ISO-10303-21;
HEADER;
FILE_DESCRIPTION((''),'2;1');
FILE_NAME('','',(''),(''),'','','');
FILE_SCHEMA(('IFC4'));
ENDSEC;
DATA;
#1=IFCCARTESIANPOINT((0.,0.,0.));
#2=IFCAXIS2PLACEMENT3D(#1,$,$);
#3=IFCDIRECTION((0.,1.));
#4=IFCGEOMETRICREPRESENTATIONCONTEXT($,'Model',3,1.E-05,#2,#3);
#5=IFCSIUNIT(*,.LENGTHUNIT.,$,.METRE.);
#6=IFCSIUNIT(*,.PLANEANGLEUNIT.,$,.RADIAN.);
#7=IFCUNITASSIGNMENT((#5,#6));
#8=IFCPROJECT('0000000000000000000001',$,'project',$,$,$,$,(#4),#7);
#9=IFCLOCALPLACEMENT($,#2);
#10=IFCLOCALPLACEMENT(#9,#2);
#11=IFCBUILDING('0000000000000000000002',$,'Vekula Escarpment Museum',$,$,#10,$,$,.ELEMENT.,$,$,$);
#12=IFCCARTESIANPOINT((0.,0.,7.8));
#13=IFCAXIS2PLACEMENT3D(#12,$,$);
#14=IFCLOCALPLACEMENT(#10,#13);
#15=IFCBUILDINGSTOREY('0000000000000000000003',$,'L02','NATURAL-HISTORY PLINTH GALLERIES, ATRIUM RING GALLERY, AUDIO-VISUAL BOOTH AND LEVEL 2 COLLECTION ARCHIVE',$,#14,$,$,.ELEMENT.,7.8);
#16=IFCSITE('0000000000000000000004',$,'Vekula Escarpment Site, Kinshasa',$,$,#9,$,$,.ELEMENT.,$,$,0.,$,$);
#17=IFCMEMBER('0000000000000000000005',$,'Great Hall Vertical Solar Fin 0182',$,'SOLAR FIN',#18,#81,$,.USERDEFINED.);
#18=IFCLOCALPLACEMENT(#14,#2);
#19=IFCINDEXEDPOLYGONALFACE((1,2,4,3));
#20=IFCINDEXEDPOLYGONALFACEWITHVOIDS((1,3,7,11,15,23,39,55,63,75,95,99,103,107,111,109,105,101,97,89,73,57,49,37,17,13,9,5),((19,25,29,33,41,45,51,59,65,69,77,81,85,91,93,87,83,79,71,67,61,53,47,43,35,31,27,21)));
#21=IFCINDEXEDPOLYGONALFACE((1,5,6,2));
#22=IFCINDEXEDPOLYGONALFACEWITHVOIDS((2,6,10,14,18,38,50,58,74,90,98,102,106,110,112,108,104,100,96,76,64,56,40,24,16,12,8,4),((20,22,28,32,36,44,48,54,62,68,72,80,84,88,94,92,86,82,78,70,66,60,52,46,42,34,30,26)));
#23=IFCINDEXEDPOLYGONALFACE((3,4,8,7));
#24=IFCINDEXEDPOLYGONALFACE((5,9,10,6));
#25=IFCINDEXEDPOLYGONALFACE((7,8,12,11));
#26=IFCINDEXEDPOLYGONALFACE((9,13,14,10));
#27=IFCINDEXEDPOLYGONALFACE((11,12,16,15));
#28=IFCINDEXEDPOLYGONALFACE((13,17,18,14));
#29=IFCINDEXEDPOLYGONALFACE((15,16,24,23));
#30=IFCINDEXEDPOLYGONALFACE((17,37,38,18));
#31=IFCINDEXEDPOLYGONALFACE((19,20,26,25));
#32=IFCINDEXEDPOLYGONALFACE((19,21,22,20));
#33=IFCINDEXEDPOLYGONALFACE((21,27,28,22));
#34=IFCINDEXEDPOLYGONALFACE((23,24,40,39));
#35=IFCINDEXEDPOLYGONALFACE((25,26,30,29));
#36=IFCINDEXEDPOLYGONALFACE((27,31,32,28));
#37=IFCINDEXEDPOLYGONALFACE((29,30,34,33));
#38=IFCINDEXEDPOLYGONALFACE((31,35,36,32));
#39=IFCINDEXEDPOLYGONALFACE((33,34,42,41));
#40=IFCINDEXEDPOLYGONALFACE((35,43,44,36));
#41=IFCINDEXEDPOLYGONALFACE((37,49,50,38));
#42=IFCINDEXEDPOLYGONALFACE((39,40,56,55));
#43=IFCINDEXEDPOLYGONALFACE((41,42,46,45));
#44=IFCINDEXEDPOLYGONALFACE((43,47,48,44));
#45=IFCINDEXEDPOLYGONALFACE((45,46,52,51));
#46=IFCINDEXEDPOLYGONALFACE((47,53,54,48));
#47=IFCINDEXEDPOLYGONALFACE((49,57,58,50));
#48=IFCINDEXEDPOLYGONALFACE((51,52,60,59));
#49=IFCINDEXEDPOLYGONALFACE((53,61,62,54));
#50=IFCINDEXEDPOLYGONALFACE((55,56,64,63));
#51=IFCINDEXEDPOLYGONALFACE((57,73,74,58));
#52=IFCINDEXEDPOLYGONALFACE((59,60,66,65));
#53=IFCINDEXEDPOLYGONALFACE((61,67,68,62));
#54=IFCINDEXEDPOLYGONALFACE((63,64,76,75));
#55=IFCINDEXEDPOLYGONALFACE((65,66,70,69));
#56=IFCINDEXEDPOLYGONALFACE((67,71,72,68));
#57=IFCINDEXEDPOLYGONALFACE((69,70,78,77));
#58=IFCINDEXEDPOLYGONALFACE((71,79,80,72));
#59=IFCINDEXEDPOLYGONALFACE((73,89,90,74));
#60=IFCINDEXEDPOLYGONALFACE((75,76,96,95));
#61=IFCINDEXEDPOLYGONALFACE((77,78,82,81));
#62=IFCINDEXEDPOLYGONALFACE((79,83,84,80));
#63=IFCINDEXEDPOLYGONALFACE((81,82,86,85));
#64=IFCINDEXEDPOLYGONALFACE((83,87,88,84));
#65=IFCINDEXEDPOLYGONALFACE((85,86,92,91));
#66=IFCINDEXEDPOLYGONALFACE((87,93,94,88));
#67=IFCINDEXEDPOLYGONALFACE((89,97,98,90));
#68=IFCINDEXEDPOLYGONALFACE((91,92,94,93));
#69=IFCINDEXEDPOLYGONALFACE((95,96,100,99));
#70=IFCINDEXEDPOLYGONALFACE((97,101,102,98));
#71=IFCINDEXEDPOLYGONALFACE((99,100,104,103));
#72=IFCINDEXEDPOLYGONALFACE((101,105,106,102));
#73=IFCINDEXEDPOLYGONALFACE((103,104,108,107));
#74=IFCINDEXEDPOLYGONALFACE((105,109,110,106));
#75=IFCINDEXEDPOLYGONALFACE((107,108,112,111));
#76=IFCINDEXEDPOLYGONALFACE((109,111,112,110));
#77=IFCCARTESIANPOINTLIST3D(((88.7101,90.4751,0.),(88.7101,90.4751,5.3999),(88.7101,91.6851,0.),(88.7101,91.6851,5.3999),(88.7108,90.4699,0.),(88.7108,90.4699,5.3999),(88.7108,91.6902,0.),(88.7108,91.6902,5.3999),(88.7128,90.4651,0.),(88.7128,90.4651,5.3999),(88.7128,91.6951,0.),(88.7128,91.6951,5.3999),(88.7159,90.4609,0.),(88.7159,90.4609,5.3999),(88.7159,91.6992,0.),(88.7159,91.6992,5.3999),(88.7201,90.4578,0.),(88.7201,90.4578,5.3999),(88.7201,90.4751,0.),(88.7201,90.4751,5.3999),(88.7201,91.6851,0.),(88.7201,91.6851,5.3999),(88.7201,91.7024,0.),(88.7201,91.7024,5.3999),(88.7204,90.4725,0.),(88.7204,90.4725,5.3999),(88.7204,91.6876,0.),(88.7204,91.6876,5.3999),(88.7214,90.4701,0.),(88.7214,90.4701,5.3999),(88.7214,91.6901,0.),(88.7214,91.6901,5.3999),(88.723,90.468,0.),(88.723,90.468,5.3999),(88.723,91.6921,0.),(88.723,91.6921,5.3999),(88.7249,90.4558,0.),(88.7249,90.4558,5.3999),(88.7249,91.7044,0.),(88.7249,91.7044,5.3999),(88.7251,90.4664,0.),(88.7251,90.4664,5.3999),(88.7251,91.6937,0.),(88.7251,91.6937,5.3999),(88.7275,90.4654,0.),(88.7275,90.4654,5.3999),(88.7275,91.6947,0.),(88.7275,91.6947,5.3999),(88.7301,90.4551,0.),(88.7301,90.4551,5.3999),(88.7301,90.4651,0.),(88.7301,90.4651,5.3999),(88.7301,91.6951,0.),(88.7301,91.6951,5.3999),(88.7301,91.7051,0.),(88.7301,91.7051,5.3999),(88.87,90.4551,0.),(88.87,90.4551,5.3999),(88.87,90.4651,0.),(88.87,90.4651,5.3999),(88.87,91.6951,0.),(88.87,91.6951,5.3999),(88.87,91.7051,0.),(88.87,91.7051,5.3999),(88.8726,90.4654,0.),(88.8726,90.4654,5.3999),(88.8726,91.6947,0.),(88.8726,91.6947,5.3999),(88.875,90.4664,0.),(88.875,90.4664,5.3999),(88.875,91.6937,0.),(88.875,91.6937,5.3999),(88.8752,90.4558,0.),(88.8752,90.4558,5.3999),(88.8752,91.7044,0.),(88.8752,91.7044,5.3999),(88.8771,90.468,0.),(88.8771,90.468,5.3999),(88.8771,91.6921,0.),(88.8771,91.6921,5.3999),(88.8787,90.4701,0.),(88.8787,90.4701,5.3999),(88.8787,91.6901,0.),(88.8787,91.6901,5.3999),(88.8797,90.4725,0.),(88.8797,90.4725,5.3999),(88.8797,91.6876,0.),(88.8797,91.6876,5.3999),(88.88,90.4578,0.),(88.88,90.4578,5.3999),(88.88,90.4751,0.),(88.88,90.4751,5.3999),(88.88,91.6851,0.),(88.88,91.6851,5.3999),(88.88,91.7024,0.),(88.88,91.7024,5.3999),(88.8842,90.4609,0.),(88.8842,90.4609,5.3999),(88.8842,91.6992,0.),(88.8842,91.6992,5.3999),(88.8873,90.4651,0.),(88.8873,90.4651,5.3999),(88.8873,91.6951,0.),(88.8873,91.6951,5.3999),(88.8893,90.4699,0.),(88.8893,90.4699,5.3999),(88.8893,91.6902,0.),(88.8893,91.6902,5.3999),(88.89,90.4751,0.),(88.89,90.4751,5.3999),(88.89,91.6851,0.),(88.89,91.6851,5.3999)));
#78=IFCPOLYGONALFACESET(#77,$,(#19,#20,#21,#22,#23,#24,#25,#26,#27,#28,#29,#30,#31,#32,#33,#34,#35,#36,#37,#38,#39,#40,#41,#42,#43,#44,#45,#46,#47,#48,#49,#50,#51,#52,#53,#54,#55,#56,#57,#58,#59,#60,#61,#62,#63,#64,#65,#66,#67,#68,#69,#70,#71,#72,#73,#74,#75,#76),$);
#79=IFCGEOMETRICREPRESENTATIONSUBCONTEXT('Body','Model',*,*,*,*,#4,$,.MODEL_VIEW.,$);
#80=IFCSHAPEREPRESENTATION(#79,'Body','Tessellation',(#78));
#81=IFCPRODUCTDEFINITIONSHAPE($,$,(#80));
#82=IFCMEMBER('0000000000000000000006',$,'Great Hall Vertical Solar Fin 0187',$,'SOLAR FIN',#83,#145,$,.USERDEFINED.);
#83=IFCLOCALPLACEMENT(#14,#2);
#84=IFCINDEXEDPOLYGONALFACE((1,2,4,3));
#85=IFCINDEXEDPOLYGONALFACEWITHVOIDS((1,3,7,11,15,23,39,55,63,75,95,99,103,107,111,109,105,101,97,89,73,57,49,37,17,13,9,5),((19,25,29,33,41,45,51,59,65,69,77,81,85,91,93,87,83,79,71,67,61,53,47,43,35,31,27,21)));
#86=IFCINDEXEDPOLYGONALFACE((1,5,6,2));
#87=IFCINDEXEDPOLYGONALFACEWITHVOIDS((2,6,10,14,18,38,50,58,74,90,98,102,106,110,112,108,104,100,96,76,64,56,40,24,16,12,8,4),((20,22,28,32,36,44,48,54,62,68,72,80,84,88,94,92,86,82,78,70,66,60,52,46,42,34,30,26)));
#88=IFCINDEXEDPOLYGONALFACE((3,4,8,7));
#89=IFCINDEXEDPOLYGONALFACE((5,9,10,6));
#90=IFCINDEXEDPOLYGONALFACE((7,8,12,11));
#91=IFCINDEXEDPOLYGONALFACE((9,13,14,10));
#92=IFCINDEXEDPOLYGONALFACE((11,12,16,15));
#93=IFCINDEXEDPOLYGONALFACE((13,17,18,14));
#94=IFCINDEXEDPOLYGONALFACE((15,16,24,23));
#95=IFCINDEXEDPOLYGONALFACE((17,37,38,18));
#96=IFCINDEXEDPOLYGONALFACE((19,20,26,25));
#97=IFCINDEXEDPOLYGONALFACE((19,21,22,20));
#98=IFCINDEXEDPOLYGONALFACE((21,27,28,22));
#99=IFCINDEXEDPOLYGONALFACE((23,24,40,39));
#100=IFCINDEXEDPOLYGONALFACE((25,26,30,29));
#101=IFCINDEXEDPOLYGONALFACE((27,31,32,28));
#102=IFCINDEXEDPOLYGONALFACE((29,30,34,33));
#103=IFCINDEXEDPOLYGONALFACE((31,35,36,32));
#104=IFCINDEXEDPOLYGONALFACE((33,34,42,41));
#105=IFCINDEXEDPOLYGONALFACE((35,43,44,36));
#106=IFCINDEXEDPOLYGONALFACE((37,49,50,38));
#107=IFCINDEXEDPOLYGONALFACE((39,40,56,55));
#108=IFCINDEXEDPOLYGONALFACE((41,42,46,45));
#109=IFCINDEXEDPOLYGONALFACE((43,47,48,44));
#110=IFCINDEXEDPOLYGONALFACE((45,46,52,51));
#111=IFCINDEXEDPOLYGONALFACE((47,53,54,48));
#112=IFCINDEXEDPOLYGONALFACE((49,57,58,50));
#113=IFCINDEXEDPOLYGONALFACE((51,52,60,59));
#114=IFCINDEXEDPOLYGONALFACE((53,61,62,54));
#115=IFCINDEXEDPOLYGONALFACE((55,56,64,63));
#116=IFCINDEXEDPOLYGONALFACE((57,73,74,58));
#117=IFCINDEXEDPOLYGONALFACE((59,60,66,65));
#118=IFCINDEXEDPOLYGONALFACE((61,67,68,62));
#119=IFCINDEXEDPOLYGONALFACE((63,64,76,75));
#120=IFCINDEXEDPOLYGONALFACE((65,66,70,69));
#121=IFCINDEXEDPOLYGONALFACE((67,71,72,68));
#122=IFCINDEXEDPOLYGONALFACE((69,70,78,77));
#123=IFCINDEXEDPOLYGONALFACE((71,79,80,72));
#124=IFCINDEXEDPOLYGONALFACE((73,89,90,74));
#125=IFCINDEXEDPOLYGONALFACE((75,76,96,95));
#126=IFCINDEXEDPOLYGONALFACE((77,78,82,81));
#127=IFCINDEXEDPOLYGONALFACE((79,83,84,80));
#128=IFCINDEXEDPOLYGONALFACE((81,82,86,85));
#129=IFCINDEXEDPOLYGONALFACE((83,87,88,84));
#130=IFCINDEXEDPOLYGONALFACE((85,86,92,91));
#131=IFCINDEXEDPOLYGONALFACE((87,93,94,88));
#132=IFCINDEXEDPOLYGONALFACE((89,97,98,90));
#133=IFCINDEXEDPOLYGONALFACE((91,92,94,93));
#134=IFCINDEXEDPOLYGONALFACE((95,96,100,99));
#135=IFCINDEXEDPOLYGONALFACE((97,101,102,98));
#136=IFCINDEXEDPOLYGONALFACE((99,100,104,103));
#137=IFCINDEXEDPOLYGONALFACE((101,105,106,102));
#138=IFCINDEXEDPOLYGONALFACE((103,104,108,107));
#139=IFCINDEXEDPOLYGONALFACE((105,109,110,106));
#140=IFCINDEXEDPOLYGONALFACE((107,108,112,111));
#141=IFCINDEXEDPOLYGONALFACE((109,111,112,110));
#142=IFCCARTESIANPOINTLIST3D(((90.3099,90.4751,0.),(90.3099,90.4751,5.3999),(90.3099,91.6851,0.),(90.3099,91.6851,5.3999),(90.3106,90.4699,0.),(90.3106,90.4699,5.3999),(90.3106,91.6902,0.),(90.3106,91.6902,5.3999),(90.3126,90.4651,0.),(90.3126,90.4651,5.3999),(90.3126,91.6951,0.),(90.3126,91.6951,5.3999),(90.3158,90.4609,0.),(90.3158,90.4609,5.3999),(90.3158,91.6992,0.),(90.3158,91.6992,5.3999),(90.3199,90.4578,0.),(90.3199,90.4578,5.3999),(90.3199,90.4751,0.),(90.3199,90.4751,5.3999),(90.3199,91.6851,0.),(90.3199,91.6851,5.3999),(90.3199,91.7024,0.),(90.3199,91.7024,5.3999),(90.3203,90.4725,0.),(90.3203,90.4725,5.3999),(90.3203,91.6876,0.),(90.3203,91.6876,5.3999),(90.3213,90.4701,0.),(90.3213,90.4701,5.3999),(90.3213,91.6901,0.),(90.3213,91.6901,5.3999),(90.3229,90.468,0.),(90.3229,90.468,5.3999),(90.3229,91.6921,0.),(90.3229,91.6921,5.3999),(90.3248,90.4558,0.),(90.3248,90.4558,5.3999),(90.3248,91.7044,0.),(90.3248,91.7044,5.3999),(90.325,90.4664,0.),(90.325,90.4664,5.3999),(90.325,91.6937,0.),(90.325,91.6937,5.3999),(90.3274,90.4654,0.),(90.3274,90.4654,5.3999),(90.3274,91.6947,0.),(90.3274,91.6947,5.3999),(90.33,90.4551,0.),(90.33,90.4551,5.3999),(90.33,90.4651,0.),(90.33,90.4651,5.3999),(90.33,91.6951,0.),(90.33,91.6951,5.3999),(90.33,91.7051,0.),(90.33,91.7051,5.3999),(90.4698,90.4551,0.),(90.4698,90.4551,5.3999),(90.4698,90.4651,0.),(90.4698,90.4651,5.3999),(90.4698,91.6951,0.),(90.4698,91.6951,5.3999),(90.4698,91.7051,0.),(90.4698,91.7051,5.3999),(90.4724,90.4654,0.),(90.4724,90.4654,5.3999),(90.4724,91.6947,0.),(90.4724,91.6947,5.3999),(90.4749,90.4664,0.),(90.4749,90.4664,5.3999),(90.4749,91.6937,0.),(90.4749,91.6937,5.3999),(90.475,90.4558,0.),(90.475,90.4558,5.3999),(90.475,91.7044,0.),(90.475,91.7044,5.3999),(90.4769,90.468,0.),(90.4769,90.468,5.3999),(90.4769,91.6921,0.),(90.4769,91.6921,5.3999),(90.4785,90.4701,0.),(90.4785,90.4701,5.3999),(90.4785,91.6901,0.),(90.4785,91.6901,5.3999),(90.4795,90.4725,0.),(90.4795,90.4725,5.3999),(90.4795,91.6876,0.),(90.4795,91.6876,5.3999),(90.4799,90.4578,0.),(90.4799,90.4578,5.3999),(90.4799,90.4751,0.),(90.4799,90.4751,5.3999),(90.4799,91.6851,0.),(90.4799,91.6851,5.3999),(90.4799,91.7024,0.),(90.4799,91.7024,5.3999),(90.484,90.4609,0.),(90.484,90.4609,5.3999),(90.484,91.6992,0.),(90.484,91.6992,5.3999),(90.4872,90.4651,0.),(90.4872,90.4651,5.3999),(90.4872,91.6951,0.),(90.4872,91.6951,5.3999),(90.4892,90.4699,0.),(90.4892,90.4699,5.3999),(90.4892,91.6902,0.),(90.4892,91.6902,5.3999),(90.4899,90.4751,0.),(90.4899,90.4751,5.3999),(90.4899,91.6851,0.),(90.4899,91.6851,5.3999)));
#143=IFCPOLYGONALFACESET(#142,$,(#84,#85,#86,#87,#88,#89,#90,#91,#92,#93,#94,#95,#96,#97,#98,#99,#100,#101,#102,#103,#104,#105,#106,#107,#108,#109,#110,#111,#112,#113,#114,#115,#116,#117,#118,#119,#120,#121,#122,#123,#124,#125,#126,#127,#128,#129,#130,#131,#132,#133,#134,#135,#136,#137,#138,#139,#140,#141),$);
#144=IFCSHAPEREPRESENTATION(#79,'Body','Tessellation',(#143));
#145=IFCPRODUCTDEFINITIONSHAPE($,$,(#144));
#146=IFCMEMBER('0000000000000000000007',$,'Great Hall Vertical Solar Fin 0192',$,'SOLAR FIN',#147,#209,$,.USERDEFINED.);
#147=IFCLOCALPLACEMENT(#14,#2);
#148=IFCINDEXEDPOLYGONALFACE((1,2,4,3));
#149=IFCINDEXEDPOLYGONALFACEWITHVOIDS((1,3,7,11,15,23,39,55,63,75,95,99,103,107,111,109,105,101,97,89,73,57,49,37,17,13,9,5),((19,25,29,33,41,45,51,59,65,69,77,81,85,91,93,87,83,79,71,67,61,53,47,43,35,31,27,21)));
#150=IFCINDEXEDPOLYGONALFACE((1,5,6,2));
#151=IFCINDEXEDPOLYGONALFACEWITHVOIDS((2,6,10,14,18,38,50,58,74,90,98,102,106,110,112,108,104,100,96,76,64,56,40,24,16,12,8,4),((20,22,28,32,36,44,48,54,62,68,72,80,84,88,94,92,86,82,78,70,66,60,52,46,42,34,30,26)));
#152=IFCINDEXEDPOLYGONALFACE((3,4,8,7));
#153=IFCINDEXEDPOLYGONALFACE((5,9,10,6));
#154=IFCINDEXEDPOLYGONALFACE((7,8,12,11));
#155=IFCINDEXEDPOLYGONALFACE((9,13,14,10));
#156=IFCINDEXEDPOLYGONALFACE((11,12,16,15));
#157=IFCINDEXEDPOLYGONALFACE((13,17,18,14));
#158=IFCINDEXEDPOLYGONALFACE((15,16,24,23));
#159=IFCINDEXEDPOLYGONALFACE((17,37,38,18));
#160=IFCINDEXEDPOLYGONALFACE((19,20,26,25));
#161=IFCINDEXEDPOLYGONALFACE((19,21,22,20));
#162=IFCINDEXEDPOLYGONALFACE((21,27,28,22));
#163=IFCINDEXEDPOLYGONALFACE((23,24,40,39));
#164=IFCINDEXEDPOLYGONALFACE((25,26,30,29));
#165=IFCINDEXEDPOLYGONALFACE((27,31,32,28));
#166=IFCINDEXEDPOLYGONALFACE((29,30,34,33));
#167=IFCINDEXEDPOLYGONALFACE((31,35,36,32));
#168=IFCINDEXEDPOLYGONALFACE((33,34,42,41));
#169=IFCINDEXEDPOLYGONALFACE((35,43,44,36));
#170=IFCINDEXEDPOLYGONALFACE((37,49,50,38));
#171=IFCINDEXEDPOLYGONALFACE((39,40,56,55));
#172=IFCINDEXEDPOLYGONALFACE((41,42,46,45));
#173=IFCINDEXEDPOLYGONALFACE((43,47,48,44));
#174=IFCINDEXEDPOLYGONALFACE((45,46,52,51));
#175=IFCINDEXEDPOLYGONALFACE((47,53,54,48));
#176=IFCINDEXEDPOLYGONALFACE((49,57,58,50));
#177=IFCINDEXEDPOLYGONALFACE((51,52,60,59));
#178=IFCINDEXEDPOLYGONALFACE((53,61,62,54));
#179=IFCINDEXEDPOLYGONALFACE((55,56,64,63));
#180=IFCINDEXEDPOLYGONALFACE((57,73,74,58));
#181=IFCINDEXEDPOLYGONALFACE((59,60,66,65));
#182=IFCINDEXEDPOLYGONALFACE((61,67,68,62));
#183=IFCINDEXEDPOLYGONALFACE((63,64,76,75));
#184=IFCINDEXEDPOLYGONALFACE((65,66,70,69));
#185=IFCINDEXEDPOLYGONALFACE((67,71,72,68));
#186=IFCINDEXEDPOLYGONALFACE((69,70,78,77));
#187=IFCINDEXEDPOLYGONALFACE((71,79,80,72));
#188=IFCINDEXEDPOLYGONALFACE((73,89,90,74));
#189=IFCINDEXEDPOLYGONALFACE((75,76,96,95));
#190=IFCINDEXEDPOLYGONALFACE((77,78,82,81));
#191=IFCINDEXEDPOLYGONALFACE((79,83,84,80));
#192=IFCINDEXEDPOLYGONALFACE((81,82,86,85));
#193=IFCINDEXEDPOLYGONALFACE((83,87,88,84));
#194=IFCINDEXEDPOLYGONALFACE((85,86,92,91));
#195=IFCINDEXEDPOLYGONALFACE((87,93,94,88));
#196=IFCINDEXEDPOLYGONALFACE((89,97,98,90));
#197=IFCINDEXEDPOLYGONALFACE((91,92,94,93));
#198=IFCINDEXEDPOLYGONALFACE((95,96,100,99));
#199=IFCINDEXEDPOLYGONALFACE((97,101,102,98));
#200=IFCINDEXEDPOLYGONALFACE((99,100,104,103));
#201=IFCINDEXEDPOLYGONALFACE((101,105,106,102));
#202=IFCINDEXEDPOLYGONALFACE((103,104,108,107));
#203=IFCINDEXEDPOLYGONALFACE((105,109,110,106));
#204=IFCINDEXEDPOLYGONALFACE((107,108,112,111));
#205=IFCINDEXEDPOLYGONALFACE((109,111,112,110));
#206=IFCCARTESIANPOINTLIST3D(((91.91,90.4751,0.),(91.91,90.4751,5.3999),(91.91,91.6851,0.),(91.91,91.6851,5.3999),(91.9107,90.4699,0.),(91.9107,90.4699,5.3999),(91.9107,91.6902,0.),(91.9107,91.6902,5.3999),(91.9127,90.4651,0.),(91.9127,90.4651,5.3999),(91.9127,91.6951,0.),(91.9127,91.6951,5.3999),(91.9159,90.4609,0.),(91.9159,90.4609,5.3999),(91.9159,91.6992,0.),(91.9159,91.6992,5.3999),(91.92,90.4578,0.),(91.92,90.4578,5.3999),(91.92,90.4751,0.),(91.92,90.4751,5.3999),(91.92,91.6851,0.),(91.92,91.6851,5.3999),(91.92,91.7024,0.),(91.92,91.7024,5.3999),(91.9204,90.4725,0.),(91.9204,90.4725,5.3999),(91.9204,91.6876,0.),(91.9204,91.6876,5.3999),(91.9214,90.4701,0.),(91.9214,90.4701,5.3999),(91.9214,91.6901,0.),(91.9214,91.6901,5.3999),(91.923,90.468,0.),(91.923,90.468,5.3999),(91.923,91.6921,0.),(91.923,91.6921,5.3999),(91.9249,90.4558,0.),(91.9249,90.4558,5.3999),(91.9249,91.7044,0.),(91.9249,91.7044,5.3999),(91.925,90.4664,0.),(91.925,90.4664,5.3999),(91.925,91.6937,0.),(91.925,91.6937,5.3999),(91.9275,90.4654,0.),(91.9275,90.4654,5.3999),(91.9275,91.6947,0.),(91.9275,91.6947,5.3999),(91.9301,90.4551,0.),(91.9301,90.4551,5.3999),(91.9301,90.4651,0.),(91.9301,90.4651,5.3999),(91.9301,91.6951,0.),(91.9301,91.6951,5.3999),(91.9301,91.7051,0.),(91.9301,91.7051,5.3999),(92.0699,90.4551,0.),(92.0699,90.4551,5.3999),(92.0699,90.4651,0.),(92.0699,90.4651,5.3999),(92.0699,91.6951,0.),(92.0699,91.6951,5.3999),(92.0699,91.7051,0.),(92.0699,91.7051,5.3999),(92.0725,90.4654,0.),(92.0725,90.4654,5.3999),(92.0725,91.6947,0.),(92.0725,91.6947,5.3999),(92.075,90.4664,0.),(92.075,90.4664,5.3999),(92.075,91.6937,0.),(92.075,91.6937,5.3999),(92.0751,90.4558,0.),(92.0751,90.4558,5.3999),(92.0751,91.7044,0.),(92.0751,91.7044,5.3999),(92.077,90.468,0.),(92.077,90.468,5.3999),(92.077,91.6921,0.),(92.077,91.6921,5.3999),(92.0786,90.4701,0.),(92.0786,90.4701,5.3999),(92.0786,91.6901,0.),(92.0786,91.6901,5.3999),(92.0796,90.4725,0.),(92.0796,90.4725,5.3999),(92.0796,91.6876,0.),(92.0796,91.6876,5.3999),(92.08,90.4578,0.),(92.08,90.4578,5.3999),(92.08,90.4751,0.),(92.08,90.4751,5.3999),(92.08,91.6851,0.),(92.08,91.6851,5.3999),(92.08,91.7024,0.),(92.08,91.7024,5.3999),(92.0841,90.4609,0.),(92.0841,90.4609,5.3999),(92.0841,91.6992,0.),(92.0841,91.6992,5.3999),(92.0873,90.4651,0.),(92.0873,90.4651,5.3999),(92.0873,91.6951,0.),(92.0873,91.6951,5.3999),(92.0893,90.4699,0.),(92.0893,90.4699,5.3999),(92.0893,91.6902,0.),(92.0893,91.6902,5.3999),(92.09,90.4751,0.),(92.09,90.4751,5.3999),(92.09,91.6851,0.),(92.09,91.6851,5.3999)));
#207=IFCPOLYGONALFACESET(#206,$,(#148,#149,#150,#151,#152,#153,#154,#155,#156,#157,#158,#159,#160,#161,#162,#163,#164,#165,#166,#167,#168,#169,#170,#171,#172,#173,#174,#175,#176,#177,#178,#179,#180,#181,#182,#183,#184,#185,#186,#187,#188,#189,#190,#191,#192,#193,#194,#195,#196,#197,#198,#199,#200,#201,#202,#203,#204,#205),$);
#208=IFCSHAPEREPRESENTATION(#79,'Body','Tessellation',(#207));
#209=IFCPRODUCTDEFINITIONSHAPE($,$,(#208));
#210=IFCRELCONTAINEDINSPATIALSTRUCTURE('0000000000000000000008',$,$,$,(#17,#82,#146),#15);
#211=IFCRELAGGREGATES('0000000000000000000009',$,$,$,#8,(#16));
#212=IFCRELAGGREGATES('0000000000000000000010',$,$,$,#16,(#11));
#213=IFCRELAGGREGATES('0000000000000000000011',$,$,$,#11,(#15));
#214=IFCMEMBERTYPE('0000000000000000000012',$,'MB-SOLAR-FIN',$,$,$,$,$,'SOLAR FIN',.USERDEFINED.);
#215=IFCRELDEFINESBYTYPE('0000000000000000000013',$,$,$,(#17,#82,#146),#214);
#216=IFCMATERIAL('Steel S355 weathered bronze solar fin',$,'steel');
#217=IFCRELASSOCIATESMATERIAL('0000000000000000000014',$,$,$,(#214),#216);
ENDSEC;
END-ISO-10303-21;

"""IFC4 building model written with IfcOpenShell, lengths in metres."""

from ifc_helpers import new_model, si_unit, direction, frame, origin, origin_2d, place, context, subcontext, project, spatial, hollow_rectangle, extrude, material, material_profile, profile_set, type_object, element, save


model = new_model("IFC4")

# Units and contexts
model_context = context("Model", 3, precision=1e-05, world=origin(), true_north=direction((0.0, 1.0)))
body_context = subcontext(model_context, "Body", "Model", "MODEL_VIEW")
ifc_project = project(units=[si_unit("LENGTHUNIT", "METRE"), si_unit("PLANEANGLEUNIT", "RADIAN")], contexts=[model_context])

# Site, building, storey
site_placement = place(None, origin())
site = spatial("IfcSite", under=ifc_project, at=site_placement, Name="Vekula Escarpment Site, Kinshasa", CompositionType="ELEMENT", RefElevation=0.0)
building_placement = place(site_placement, origin())
building = spatial("IfcBuilding", under=site, at=building_placement, Name="Vekula Escarpment Museum", CompositionType="ELEMENT")
storey_placement = place(building_placement, frame((0.0, 0.0, 7.8)))
storey = spatial("IfcBuildingStorey", under=building, at=storey_placement, Name="L02", Description="NATURAL-HISTORY PLINTH GALLERIES, ATRIUM RING GALLERY, AUDIO-VISUAL BOOTH AND LEVEL 2 COLLECTION ARCHIVE", CompositionType="ELEMENT", Elevation=7.8)

# Members
ifc_material_1 = material(Name="Steel S355 weathered bronze solar fin", Category="steel")
ifc_material_profile_1 = material_profile(ifc_material_1, hollow_rectangle(XDim=0.1799, YDim=1.25, WallThickness=0.01, InnerFilletRadius=0.01, OuterFilletRadius=0.02, at=origin_2d()), Name="RHS 1250x180x10")
ifc_profile_set_1 = profile_set([ifc_material_profile_1], Name="Steel S355 weathered bronze solar fin")
member_type_1 = type_object("IfcMemberType", Name="MB-SOLAR-FIN", ElementType="SOLAR FIN", PredefinedType="USERDEFINED", material=ifc_profile_set_1)
for number, where, z_axis, x_axis, name in (
    (1, (88.8, 91.0801, 0.0), (0.0, 0.0, 1.0), (1.0, 0.0, 0.0), "Great Hall Vertical Solar Fin 0182"),
    (2, (90.3999, 91.0801, 0.0), (0.0, 0.0, 1.0), (1.0, 0.0, 0.0), "Great Hall Vertical Solar Fin 0187"),
    (3, (92.0, 91.0801, 0.0), (0.0, 0.0, 1.0), (1.0, 0.0, 0.0), "Great Hall Vertical Solar Fin 0192"),
):
    element("IfcMember", number, at=place(storey_placement, frame(where, z_axis=z_axis, x_axis=x_axis)), inside=storey, type_object=member_type_1, Name=name, ObjectType="SOLAR FIN", PredefinedType="USERDEFINED", context=body_context, shape_type="SweptSolid", body=[
        extrude(hollow_rectangle(XDim=0.1799, YDim=1.25, WallThickness=0.01, InnerFilletRadius=0.01, OuterFilletRadius=0.02, at=origin_2d()), origin(), (0.0, 0.0, 1.0), 5.3999),
    ])

save(model, "model.ifc")
